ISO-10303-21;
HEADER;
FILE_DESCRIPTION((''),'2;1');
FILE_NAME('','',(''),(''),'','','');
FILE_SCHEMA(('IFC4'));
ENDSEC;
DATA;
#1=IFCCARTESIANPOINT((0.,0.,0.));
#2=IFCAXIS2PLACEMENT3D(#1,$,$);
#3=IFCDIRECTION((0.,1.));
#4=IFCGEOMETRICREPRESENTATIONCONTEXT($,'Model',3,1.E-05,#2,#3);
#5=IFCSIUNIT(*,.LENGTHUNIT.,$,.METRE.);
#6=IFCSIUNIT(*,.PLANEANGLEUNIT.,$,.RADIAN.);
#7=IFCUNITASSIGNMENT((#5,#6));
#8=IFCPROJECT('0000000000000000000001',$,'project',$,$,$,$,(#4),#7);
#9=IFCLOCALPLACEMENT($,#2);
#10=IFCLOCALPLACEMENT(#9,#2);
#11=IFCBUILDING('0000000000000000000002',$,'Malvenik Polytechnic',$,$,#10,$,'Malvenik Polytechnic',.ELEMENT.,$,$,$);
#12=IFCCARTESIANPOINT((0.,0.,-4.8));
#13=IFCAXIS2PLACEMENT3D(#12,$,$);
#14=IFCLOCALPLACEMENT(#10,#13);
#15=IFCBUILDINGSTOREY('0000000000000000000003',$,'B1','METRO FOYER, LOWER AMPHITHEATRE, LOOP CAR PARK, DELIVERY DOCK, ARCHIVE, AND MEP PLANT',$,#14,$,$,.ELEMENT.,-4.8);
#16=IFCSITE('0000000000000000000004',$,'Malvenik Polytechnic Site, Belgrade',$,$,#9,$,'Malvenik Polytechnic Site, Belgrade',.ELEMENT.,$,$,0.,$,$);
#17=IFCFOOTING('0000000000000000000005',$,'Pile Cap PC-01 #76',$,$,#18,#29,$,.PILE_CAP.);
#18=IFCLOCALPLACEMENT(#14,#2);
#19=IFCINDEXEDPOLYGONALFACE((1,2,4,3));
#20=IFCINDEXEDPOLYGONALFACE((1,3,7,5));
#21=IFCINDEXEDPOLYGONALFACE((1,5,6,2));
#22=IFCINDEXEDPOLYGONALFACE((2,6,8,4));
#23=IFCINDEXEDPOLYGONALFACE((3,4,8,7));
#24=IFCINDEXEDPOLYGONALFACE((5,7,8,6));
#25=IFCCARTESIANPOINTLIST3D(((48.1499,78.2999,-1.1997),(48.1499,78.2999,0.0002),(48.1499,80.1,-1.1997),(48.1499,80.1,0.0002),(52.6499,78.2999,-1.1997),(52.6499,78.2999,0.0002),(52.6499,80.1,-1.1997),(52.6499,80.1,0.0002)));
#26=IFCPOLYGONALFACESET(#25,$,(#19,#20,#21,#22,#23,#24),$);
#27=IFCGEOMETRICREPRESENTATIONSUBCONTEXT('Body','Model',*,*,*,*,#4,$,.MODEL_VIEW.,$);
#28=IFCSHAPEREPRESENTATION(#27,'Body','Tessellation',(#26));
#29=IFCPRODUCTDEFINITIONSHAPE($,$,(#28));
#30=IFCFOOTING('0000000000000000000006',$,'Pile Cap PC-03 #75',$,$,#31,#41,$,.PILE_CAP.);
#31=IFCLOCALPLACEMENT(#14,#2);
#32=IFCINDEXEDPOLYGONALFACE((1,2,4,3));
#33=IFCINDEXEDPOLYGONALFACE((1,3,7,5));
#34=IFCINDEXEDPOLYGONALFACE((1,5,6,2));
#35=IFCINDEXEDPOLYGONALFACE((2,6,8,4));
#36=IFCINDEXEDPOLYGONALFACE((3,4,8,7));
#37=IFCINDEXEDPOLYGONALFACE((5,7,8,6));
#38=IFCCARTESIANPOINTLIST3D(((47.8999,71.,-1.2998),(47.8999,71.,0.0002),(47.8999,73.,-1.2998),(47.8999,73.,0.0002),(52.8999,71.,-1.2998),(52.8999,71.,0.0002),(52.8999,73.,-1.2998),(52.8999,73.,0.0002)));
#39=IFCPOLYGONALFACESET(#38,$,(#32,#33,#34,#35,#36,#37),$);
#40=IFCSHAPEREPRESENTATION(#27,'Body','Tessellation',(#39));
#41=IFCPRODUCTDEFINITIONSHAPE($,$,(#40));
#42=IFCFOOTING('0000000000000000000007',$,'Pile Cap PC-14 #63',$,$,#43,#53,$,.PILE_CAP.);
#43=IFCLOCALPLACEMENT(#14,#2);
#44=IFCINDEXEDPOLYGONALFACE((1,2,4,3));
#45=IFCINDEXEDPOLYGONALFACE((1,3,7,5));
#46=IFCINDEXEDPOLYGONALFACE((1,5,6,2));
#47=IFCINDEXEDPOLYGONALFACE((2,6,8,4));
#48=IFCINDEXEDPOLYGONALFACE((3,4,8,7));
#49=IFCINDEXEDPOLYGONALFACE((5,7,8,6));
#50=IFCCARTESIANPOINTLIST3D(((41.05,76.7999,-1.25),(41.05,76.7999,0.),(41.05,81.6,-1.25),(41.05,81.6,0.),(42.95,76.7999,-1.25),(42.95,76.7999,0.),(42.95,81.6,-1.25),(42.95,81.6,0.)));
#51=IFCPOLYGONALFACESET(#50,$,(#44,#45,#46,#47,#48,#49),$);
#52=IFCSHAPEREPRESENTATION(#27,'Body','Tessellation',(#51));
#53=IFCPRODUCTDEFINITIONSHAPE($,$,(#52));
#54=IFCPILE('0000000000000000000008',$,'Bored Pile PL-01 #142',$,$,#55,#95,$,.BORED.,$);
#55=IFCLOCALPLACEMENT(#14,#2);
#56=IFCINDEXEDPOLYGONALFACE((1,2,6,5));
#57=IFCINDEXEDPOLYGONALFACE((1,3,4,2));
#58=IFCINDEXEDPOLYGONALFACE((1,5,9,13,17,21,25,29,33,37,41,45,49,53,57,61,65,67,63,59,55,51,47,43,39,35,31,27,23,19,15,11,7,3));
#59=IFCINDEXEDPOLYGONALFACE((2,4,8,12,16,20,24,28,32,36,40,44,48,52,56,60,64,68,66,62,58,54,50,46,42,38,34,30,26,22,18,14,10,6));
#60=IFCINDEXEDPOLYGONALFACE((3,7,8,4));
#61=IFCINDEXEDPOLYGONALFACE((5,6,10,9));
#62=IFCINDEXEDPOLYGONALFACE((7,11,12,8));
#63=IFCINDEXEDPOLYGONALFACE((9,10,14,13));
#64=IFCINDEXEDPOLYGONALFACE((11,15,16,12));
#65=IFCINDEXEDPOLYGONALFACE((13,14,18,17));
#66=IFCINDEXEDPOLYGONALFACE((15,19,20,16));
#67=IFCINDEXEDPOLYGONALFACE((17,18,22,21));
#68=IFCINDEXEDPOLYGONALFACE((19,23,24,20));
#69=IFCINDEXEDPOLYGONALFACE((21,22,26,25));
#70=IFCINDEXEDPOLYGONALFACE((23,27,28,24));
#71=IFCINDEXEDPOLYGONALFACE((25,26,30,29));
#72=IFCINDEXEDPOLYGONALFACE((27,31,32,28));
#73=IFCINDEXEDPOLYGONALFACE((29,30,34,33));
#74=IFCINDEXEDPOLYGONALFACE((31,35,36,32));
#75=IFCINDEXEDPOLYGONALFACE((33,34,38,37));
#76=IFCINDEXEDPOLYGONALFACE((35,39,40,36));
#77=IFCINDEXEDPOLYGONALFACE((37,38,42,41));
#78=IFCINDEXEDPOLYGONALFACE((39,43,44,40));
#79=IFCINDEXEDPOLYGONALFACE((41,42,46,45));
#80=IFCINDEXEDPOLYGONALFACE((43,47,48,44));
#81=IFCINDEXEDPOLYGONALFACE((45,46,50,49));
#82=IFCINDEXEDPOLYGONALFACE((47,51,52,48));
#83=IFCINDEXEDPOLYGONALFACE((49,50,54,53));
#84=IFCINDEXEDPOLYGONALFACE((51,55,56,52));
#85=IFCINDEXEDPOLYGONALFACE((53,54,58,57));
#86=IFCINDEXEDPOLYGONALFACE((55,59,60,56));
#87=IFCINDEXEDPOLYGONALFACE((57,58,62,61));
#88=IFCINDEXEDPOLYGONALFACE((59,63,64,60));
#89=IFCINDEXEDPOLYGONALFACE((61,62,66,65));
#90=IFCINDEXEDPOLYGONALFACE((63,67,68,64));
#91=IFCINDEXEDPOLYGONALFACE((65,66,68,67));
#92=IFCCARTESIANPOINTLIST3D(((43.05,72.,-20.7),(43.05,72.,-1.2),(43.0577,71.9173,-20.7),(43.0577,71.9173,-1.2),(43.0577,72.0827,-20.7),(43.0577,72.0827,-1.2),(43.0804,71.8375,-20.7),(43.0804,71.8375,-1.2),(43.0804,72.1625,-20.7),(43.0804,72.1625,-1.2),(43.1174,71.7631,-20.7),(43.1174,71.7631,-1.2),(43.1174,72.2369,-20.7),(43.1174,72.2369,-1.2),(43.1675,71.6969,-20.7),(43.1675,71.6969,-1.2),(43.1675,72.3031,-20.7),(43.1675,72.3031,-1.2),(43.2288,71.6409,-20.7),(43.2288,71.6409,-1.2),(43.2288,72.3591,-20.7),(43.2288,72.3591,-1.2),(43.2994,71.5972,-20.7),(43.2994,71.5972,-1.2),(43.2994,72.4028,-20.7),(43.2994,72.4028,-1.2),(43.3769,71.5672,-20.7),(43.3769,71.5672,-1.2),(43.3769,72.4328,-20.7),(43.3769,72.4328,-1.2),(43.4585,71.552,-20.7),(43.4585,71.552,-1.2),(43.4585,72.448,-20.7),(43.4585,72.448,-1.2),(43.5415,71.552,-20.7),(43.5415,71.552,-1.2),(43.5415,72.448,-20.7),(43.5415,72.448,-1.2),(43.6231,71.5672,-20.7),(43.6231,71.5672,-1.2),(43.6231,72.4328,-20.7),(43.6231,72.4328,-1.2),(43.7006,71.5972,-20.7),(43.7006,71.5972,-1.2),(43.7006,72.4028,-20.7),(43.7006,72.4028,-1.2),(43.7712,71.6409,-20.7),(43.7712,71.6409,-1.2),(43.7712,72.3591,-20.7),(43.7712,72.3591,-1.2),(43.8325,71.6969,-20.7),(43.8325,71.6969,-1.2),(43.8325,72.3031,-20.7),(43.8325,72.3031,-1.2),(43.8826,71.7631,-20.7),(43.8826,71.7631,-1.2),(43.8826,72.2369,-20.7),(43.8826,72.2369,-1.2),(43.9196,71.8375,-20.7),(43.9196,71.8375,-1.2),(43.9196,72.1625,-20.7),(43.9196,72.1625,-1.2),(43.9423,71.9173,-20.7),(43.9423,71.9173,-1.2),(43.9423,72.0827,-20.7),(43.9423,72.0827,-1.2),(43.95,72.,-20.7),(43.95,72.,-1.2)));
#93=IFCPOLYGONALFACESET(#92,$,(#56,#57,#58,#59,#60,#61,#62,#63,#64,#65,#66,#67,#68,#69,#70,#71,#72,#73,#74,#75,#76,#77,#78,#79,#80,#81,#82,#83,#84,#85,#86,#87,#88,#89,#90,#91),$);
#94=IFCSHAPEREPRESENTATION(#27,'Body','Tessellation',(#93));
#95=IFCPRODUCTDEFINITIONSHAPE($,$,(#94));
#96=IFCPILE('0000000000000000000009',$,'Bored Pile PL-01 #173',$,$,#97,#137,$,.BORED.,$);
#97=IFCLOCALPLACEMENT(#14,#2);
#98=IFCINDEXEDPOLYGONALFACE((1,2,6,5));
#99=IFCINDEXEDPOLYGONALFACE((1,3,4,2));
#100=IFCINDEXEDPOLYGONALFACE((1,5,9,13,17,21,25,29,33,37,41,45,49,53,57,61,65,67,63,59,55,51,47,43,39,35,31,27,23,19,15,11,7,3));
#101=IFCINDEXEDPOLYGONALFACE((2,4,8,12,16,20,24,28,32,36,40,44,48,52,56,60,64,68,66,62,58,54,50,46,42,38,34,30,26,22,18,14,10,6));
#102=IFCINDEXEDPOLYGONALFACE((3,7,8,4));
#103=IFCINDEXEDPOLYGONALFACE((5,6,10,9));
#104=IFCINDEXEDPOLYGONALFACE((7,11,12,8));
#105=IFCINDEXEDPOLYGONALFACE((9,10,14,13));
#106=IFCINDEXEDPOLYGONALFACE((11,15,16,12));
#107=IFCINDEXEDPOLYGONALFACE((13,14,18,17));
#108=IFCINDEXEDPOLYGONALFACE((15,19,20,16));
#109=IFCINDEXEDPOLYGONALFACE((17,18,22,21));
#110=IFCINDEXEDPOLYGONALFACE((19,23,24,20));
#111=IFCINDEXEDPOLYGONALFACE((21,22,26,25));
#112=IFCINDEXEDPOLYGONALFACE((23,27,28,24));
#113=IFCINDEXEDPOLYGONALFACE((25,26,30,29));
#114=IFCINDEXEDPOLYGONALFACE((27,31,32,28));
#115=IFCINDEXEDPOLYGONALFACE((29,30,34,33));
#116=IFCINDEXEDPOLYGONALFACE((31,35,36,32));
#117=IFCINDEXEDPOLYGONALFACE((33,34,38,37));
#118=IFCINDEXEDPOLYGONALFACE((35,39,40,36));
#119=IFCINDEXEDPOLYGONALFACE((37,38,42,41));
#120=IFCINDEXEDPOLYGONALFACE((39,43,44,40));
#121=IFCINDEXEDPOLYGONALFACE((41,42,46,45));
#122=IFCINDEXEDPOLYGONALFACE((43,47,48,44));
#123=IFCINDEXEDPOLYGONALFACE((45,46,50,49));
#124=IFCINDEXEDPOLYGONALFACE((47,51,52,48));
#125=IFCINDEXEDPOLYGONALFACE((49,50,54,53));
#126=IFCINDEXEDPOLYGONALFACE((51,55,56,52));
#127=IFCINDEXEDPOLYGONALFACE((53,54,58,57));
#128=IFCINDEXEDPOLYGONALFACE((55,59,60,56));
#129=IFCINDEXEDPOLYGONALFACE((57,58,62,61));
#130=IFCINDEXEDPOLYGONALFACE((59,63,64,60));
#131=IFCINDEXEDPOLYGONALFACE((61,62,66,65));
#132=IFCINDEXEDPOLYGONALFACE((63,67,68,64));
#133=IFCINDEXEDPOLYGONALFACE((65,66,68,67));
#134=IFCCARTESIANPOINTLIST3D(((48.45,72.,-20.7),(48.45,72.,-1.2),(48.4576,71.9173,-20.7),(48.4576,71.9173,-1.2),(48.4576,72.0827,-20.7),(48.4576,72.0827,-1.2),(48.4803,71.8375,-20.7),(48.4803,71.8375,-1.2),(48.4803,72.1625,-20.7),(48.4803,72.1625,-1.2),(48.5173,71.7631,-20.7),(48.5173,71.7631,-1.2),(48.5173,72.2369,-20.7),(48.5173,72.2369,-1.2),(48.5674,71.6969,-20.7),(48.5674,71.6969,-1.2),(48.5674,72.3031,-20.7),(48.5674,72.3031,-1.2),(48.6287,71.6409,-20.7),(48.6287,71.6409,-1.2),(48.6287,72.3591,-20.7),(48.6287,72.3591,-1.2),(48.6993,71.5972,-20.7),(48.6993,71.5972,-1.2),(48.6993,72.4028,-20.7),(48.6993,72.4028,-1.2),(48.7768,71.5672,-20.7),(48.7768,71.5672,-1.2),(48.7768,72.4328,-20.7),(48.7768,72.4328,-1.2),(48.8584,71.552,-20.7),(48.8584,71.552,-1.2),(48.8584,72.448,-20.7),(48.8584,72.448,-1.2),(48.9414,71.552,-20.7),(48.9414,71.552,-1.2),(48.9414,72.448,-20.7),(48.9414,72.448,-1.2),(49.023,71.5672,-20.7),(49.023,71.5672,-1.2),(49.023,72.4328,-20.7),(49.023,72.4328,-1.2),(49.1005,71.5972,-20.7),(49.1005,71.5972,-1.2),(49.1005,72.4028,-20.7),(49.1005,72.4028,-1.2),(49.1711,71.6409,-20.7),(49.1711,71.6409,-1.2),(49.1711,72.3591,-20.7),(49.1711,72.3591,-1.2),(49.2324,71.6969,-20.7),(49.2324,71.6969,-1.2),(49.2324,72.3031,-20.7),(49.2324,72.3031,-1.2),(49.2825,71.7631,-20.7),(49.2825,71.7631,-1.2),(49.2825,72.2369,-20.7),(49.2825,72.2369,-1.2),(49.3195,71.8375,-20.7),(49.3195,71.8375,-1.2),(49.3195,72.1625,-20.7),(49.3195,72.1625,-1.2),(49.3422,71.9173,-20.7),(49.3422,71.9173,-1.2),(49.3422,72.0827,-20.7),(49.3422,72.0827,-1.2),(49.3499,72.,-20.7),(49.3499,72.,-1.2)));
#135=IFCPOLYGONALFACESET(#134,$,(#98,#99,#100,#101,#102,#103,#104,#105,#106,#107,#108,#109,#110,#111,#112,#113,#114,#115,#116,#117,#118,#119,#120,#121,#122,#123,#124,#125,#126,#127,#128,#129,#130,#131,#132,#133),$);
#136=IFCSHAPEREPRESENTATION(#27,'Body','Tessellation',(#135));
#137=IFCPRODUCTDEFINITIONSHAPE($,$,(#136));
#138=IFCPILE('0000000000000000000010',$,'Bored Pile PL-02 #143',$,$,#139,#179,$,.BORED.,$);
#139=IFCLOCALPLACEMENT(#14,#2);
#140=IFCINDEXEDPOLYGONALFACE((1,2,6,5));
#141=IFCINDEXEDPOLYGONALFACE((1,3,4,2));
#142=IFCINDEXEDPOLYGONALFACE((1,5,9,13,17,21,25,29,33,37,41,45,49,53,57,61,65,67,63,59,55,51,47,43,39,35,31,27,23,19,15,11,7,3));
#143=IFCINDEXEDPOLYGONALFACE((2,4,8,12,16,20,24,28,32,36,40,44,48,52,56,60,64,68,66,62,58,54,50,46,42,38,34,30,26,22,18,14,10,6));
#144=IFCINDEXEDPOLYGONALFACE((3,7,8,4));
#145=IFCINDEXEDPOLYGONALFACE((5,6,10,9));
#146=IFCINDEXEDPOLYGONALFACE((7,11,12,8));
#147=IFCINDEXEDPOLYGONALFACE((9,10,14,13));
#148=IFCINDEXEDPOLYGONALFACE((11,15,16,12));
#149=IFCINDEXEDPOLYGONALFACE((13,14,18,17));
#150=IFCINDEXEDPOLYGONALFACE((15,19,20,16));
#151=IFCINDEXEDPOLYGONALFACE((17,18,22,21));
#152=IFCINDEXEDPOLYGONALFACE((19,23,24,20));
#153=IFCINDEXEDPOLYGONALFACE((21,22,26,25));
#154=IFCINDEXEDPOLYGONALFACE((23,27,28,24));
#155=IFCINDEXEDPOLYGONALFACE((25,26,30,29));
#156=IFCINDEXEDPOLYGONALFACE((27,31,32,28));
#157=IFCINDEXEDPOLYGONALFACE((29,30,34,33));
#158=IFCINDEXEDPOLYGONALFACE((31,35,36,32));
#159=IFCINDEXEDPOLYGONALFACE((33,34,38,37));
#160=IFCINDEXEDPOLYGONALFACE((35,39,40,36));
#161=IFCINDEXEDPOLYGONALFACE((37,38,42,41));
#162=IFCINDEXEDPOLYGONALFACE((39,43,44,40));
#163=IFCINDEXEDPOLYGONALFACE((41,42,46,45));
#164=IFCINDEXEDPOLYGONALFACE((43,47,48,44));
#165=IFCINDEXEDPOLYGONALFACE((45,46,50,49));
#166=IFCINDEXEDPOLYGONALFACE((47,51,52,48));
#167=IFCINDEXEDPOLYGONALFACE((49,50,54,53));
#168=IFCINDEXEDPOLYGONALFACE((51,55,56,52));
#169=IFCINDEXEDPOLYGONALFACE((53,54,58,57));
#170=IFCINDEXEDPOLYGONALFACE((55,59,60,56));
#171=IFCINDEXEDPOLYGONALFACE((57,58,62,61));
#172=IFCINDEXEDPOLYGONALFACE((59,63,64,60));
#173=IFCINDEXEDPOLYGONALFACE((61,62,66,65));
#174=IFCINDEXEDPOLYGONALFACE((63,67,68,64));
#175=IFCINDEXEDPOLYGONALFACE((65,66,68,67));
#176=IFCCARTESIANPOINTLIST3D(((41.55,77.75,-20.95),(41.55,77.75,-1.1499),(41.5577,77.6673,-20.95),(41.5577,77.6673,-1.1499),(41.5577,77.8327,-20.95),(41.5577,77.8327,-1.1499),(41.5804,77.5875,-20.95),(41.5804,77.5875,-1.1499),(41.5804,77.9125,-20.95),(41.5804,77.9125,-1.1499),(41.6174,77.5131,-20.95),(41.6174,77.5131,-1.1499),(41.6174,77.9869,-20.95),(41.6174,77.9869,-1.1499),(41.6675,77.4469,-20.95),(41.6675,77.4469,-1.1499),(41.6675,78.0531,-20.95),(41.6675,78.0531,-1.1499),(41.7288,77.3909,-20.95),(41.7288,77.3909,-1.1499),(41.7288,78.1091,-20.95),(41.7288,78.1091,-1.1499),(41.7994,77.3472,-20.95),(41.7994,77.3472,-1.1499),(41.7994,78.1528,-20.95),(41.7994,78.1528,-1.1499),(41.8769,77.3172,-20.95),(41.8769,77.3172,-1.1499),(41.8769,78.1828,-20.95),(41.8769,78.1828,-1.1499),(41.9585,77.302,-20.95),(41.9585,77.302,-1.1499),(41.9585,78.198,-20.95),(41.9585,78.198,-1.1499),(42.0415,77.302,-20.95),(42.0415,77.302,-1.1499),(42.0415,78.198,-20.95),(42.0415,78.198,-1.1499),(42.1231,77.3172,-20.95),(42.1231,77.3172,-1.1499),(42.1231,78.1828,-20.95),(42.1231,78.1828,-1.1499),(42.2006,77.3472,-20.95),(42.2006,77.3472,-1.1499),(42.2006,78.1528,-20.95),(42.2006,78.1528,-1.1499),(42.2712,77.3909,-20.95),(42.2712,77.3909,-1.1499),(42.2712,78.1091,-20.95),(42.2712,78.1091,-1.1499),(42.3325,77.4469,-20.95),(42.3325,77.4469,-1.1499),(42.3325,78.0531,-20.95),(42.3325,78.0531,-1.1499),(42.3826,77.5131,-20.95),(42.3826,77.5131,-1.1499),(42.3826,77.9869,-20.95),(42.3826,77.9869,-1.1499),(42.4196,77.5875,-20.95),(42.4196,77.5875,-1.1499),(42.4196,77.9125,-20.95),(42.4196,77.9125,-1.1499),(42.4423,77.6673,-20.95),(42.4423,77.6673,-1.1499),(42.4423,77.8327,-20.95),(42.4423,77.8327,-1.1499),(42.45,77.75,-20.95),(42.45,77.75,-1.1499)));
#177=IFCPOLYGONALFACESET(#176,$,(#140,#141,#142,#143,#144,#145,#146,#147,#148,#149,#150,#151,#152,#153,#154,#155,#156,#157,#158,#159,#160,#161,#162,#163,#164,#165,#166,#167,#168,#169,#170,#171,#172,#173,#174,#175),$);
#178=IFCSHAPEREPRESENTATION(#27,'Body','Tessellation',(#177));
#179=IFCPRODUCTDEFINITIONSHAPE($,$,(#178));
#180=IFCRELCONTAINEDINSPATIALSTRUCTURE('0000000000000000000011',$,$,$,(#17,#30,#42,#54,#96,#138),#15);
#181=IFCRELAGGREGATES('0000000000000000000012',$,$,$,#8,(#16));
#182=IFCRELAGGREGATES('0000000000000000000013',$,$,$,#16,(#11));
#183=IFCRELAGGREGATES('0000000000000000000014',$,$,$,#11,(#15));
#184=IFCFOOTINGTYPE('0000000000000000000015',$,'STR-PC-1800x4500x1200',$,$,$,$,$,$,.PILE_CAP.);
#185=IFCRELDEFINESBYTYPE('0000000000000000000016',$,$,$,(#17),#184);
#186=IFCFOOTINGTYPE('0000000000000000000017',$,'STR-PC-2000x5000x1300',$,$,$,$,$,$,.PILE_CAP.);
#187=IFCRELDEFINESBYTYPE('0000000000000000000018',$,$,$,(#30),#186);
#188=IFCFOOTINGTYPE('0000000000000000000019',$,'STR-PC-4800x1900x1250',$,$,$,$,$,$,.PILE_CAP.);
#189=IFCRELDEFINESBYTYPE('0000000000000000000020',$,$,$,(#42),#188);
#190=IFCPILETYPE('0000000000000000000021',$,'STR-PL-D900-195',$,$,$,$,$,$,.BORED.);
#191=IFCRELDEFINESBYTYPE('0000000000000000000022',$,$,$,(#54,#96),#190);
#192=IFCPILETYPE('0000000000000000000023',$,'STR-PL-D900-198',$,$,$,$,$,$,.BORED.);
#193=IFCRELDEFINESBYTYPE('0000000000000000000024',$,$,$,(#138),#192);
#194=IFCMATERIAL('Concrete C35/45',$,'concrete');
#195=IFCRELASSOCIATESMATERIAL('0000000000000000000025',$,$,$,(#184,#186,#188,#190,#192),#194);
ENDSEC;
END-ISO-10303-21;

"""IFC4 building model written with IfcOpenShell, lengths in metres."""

from ifc_helpers import new_model, si_unit, direction, frame, origin, origin_2d, place, context, subcontext, project, spatial, rectangle, circle, extrude, material, material_profile, profile_set, type_object, element, save


model = new_model("IFC4")

# Units and contexts
model_context = context("Model", 3, precision=1e-05, world=origin(), true_north=direction((0.0, 1.0)))
body_context = subcontext(model_context, "Body", "Model", "MODEL_VIEW")
ifc_project = project(units=[si_unit("LENGTHUNIT", "METRE"), si_unit("PLANEANGLEUNIT", "RADIAN")], contexts=[model_context])

# Site, building, storey
site_placement = place(None, origin())
site = spatial("IfcSite", under=ifc_project, at=site_placement, Name="Malvenik Polytechnic Site, Belgrade", LongName="Malvenik Polytechnic Site, Belgrade", CompositionType="ELEMENT", RefElevation=0.0)
building_placement = place(site_placement, origin())
building = spatial("IfcBuilding", under=site, at=building_placement, Name="Malvenik Polytechnic", LongName="Malvenik Polytechnic", CompositionType="ELEMENT")
storey_placement = place(building_placement, frame((0.0, 0.0, -4.8)))
storey = spatial("IfcBuildingStorey", under=building, at=storey_placement, Name="B1", Description="METRO FOYER, LOWER AMPHITHEATRE, LOOP CAR PARK, DELIVERY DOCK, ARCHIVE, AND MEP PLANT", CompositionType="ELEMENT", Elevation=-4.8)

# Footings
ifc_material_1 = material(Name="Concrete C35/45", Category="concrete")
footing_type_1 = type_object("IfcFootingType", Name="STR-PC-1800x4500x1200", PredefinedType="PILE_CAP", material=ifc_material_1)
footing_1_placement = place(storey_placement, frame((50.3999, 79.2, -1.1997), z_axis=(0.0, 0.0, 1.0), x_axis=(1.0, 0.0, 0.0)))
element("IfcFooting", 1, at=footing_1_placement, inside=storey, type_object=footing_type_1, Name="Pile Cap PC-01 #76", PredefinedType="PILE_CAP", context=body_context, shape_type="SweptSolid", body=[
    extrude(rectangle(XDim=4.5, YDim=1.8, at=origin_2d()), origin(), (0.0, 0.0, 1.0), 1.2),
])
footing_type_2 = type_object("IfcFootingType", Name="STR-PC-2000x5000x1300", PredefinedType="PILE_CAP", material=ifc_material_1)
footing_2_placement = place(storey_placement, frame((50.3999, 72.0, -1.2998), z_axis=(0.0, 0.0, 1.0), x_axis=(1.0, 0.0, 0.0)))
element("IfcFooting", 2, at=footing_2_placement, inside=storey, type_object=footing_type_2, Name="Pile Cap PC-03 #75", PredefinedType="PILE_CAP", context=body_context, shape_type="SweptSolid", body=[
    extrude(rectangle(XDim=5.0, YDim=2.0, at=origin_2d()), origin(), (0.0, 0.0, 1.0), 1.3),
])
footing_type_3 = type_object("IfcFootingType", Name="STR-PC-4800x1900x1250", PredefinedType="PILE_CAP", material=ifc_material_1)
footing_3_placement = place(storey_placement, frame((42.0, 79.2, -1.25), z_axis=(0.0, 0.0, 1.0), x_axis=(1.0, 0.0, 0.0)))
element("IfcFooting", 3, at=footing_3_placement, inside=storey, type_object=footing_type_3, Name="Pile Cap PC-14 #63", PredefinedType="PILE_CAP", context=body_context, shape_type="SweptSolid", body=[
    extrude(rectangle(XDim=1.8999, YDim=4.8, at=origin_2d()), origin(), (0.0, 0.0, 1.0), 1.25),
])

# Piles
ifc_material_profile_1 = material_profile(ifc_material_1, circle(Radius=0.45, at=origin_2d()), Name="BORED PILE D900")
ifc_profile_set_1 = profile_set([ifc_material_profile_1], Name="Concrete C35/45")
pile_type_1 = type_object("IfcPileType", Name="STR-PL-D900-195", PredefinedType="BORED", material=ifc_profile_set_1)
for number, where, z_axis, x_axis, name in (
    (4, (43.5, 72.0, -1.2), (0.0, 0.0, -1.0), (1.0, 0.0, 0.0), "Bored Pile PL-01 #142"),
    (5, (48.8999, 72.0, -1.2), (0.0, 0.0, -1.0), (1.0, 0.0, 0.0), "Bored Pile PL-01 #173"),
):
    element("IfcPile", number, at=place(storey_placement, frame(where, z_axis=z_axis, x_axis=x_axis)), inside=storey, type_object=pile_type_1, Name=name, PredefinedType="BORED", context=body_context, shape_type="SweptSolid", body=[
        extrude(circle(Radius=0.45, at=origin_2d()), origin(), (0.0, 0.0, 1.0), 19.5),
    ])
ifc_material_profile_2 = material_profile(ifc_material_1, circle(Radius=0.45, at=origin_2d()), Name="BORED PILE D900")
ifc_profile_set_2 = profile_set([ifc_material_profile_2], Name="Concrete C35/45")
pile_type_2 = type_object("IfcPileType", Name="STR-PL-D900-198", PredefinedType="BORED", material=ifc_profile_set_2)
for number, where, z_axis, x_axis, name in (
    (6, (42.0, 77.75, -1.1499), (0.0, 0.0, -1.0), (1.0, 0.0, 0.0), "Bored Pile PL-02 #143"),
):
    element("IfcPile", number, at=place(storey_placement, frame(where, z_axis=z_axis, x_axis=x_axis)), inside=storey, type_object=pile_type_2, Name=name, PredefinedType="BORED", context=body_context, shape_type="SweptSolid", body=[
        extrude(circle(Radius=0.45, at=origin_2d()), origin(), (0.0, 0.0, 1.0), 19.8),
    ])

save(model, "model.ifc")
